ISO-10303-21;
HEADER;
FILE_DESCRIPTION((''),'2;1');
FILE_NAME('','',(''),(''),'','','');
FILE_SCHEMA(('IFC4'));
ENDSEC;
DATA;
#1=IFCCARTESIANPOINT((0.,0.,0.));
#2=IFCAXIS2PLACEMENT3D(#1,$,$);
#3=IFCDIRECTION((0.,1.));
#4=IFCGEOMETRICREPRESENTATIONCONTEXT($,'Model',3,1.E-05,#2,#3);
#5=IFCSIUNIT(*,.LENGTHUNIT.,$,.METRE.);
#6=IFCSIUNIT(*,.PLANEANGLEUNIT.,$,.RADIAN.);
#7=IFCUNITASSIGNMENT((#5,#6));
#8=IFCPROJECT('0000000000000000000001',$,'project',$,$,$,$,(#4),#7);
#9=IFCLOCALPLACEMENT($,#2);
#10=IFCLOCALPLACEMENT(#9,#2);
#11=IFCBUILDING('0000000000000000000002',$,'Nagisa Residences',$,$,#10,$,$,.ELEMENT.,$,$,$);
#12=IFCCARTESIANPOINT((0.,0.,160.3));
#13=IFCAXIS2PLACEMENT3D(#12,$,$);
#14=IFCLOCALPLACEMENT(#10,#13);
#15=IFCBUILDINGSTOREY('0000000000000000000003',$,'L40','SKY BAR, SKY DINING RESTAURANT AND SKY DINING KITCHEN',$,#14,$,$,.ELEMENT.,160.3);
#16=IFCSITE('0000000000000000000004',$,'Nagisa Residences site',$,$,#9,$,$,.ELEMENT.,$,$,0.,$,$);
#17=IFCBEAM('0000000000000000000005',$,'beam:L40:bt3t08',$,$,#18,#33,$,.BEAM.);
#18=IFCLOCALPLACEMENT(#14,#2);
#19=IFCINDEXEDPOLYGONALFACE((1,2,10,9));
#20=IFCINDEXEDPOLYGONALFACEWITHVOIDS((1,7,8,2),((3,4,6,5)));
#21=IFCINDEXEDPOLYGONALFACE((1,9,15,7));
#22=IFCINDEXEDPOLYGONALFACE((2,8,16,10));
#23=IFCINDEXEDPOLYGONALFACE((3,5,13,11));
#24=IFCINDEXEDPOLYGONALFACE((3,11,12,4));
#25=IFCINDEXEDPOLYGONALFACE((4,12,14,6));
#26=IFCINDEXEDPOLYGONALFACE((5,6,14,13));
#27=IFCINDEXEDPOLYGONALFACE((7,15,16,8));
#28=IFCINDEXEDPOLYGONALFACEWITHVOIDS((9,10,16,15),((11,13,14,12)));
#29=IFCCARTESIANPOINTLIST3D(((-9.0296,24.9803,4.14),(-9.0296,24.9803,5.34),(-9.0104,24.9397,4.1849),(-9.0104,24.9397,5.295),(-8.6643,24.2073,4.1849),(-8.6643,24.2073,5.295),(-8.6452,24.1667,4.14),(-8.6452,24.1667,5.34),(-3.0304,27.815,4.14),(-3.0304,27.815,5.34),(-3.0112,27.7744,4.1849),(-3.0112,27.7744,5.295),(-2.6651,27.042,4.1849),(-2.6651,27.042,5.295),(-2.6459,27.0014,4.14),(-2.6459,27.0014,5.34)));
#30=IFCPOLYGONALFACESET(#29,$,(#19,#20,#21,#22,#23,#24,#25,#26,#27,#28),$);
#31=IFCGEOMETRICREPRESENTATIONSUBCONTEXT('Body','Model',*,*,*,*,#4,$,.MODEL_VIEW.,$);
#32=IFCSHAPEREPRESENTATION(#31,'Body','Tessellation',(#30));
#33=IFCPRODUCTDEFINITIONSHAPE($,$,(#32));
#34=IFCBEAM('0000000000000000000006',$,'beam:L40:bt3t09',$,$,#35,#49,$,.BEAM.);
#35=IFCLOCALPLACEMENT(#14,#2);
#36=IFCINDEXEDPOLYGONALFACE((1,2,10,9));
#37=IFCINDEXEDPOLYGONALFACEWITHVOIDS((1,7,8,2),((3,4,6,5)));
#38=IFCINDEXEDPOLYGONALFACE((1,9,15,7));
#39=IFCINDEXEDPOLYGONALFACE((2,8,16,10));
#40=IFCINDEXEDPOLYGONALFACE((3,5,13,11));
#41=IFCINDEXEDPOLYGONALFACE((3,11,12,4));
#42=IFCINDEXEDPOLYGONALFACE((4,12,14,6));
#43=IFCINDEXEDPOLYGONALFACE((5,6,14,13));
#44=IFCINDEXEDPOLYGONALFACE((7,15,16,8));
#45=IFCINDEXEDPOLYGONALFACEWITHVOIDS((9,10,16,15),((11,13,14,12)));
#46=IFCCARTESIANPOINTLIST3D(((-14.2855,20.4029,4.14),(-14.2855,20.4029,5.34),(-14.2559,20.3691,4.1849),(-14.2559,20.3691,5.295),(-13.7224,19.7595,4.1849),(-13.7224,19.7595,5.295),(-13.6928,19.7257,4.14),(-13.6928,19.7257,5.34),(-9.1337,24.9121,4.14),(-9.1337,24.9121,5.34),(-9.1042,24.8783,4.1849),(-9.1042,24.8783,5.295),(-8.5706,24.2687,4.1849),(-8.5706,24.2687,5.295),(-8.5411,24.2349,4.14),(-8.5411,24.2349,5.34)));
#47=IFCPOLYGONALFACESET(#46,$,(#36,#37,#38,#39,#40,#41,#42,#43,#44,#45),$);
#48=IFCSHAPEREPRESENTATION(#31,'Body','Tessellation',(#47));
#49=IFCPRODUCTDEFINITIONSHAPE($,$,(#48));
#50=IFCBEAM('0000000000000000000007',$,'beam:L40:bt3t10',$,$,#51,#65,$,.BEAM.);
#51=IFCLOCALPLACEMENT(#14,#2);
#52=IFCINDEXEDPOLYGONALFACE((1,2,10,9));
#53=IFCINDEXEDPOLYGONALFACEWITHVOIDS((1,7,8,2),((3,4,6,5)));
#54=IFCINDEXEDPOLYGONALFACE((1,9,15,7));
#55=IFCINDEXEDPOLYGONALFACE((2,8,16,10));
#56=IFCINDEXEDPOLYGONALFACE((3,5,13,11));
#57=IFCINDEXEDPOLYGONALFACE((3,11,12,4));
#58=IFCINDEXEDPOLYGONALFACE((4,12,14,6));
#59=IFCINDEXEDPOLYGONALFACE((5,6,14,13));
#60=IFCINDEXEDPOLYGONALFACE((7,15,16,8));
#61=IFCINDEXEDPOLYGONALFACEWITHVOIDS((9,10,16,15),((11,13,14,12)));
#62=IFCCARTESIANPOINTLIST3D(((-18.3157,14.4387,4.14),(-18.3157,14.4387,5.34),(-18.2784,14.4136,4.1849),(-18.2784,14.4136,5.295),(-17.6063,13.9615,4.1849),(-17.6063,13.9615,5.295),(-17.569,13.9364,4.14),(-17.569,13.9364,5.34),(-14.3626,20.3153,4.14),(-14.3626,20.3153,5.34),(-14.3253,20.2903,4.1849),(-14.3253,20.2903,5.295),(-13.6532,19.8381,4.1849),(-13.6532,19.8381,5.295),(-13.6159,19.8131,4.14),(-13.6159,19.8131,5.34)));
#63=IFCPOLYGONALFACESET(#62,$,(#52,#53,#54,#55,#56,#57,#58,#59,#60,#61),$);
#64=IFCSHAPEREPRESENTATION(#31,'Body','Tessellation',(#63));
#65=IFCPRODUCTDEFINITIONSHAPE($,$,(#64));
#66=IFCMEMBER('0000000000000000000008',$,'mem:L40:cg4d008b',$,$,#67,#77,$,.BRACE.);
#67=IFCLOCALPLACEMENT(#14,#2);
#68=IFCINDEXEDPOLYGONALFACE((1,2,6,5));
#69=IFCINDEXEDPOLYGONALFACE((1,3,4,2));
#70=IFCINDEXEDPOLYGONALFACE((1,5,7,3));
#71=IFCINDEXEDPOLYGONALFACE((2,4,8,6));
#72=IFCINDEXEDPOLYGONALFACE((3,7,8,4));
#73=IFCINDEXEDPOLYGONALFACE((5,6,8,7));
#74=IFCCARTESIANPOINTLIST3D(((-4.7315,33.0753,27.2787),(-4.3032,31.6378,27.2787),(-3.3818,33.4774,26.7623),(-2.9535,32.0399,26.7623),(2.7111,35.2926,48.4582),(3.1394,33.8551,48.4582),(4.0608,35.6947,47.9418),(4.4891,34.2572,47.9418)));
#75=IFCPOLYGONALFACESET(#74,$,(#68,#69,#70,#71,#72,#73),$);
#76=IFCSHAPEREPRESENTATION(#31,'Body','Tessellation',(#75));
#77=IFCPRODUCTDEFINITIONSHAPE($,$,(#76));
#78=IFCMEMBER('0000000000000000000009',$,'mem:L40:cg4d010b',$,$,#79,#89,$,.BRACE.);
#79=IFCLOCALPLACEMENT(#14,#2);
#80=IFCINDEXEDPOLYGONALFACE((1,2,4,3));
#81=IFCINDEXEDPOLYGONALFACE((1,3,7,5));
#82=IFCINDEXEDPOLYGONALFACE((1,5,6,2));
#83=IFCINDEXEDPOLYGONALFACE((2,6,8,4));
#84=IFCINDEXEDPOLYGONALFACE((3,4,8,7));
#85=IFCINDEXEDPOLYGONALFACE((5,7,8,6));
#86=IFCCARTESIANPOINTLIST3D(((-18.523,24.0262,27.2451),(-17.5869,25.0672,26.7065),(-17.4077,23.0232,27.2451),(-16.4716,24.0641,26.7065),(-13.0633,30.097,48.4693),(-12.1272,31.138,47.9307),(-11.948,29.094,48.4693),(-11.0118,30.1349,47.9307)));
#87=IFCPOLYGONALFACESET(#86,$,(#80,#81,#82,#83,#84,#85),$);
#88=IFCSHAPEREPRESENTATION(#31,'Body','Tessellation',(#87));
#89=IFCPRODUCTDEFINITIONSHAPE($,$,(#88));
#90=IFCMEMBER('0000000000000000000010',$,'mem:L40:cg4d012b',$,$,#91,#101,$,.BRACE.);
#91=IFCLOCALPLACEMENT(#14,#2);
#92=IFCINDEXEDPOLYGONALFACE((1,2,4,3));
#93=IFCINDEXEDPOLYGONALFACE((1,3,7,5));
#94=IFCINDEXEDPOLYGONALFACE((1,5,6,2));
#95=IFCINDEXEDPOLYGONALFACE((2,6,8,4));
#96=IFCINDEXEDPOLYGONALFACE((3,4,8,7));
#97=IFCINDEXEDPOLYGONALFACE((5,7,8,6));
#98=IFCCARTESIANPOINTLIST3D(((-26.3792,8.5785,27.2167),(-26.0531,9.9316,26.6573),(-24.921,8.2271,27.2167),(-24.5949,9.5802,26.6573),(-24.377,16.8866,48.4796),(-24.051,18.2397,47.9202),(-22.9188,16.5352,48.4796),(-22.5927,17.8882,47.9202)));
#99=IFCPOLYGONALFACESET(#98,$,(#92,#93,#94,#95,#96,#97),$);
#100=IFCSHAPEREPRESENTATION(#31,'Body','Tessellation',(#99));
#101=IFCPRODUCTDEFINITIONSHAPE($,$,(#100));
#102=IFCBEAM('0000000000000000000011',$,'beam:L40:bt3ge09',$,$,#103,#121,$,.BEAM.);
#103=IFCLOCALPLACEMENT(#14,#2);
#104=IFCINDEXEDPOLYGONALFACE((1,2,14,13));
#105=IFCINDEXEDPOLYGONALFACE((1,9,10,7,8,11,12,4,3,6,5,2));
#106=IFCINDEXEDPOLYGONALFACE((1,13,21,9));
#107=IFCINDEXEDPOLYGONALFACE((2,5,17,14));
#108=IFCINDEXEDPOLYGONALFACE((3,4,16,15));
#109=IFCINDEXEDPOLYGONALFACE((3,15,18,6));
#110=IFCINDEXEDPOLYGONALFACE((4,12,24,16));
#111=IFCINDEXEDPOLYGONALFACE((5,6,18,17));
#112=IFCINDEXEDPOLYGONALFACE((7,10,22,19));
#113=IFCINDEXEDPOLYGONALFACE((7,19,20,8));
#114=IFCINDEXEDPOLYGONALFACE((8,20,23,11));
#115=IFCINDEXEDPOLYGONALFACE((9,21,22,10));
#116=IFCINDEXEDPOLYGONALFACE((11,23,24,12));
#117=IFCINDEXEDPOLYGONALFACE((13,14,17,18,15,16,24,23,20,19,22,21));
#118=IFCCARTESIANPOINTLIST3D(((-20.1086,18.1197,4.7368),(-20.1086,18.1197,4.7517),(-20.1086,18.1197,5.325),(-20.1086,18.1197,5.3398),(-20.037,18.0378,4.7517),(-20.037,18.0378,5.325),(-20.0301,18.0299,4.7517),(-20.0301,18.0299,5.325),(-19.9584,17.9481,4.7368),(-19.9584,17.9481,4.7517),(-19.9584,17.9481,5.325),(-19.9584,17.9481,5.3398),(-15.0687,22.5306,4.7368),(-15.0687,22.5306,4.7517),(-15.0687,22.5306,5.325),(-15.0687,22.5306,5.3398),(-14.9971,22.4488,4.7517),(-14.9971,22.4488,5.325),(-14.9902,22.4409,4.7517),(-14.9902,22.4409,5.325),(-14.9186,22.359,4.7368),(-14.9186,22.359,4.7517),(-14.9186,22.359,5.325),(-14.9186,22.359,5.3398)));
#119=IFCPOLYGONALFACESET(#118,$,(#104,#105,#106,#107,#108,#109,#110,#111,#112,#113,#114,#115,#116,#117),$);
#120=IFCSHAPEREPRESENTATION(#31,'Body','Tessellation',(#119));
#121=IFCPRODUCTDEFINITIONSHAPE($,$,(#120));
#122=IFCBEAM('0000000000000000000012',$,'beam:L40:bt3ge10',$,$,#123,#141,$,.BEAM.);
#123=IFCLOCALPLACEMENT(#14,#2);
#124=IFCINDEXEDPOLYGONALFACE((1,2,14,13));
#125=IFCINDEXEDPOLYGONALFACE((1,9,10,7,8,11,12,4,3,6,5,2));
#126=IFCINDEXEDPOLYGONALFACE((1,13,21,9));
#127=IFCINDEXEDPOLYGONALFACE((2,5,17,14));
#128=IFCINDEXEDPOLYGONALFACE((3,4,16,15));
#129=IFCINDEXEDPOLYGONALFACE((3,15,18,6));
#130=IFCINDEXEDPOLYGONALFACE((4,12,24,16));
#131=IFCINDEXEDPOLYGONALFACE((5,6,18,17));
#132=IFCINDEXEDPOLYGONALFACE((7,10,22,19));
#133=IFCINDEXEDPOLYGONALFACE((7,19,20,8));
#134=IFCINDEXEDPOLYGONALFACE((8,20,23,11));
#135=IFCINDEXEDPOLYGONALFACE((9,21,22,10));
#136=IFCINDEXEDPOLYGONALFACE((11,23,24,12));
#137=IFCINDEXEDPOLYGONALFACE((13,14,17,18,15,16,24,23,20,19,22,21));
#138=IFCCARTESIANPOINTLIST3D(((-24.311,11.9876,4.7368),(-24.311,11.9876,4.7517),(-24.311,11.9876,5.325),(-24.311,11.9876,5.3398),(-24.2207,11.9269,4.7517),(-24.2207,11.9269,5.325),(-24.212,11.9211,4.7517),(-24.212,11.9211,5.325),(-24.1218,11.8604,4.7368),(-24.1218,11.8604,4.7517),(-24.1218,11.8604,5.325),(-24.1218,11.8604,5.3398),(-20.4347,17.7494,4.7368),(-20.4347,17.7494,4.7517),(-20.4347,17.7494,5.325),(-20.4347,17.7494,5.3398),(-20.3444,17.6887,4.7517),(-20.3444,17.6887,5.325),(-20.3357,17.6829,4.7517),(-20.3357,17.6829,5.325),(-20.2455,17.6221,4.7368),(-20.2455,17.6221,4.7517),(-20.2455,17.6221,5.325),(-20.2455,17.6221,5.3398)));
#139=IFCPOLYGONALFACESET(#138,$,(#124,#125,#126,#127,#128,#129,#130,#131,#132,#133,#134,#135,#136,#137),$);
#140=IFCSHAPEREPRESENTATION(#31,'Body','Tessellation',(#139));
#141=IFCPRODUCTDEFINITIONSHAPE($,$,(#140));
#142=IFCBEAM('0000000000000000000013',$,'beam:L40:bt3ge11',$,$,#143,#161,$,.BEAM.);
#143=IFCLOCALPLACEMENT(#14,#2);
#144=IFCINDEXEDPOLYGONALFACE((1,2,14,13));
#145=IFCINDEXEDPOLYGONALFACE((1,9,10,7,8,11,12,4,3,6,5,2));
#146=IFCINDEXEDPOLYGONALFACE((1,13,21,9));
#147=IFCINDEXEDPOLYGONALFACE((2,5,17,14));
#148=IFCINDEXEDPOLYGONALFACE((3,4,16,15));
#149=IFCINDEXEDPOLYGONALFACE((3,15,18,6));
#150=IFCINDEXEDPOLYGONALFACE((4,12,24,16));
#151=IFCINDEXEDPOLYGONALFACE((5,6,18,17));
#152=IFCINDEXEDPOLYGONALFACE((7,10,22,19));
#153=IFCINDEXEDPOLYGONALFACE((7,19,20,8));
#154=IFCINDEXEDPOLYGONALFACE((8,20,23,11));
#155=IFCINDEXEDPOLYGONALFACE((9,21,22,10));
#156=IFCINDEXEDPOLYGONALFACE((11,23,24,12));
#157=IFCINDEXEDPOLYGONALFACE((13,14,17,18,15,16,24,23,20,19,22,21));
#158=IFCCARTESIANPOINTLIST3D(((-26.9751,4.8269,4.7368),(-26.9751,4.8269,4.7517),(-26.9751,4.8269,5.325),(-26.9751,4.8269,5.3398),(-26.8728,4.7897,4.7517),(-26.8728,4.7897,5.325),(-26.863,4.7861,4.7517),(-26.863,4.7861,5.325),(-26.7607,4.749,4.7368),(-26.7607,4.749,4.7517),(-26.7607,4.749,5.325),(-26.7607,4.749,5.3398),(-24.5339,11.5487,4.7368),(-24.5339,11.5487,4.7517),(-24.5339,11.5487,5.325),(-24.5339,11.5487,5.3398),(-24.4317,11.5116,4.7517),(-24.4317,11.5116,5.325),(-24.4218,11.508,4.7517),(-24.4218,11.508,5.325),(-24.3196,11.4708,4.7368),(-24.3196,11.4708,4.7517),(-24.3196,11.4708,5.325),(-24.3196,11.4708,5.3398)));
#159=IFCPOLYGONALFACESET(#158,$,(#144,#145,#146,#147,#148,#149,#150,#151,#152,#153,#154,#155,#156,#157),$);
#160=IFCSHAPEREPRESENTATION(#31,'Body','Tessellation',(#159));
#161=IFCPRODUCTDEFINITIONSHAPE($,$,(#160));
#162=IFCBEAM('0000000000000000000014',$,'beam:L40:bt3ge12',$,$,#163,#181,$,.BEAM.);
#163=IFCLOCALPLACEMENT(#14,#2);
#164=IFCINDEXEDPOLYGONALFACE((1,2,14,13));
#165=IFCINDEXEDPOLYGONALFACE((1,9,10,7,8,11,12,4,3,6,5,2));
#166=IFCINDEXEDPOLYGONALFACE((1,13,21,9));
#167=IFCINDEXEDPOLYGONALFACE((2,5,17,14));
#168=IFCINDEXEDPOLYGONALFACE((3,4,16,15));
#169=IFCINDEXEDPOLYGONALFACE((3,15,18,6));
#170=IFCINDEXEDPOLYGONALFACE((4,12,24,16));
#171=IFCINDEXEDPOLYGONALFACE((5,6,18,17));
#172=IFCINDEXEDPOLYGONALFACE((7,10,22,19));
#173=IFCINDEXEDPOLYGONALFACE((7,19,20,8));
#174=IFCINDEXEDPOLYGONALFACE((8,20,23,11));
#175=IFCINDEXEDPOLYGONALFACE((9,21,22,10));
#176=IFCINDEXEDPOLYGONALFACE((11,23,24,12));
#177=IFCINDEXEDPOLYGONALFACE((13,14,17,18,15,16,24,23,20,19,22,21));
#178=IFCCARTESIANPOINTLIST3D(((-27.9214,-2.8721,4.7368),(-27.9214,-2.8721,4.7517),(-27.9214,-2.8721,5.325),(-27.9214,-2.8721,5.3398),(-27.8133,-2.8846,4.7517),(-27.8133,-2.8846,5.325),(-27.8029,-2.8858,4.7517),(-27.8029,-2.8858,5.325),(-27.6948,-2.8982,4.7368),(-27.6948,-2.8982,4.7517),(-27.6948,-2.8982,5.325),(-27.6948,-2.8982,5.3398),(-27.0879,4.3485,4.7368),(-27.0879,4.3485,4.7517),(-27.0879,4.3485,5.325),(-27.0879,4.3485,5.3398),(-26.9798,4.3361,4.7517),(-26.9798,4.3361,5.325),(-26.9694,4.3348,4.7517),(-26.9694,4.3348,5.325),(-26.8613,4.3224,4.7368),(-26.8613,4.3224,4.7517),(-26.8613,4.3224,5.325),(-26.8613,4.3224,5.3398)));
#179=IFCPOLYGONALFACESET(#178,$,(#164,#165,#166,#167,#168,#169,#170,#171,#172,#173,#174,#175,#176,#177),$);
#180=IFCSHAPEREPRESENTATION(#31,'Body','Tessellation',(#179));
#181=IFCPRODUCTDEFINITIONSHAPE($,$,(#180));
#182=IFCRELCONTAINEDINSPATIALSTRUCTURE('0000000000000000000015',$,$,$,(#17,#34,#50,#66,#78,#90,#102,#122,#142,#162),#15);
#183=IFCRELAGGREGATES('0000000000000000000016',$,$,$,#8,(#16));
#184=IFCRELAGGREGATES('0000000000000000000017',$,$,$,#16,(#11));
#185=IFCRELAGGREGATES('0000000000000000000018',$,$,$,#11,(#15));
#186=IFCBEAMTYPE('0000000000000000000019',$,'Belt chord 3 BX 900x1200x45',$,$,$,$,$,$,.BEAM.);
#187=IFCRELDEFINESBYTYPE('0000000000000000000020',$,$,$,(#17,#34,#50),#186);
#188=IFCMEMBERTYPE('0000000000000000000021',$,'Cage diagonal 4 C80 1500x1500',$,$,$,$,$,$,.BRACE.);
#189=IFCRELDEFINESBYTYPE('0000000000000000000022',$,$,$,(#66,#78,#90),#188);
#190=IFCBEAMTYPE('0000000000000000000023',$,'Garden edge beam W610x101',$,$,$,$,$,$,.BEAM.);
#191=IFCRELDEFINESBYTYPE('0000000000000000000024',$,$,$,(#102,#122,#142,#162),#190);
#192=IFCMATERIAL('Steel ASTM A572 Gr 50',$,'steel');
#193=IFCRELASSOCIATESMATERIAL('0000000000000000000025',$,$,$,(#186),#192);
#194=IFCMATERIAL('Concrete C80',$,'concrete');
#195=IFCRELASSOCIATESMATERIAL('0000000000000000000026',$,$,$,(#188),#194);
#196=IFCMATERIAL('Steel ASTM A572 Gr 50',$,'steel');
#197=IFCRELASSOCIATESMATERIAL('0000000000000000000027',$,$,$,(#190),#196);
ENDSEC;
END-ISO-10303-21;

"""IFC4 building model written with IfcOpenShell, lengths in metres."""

from ifc_helpers import new_model, si_unit, direction, frame, origin, origin_2d, place, context, subcontext, project, spatial, rectangle, hollow_rectangle, i_section, extrude, material, material_profile, profile_set, type_object, element, save


model = new_model("IFC4")

# Units and contexts
model_context = context("Model", 3, precision=1e-05, world=origin(), true_north=direction((0.0, 1.0)))
body_context = subcontext(model_context, "Body", "Model", "MODEL_VIEW")
ifc_project = project(units=[si_unit("LENGTHUNIT", "METRE"), si_unit("PLANEANGLEUNIT", "RADIAN")], contexts=[model_context])

# Site, building, storey
site_placement = place(None, origin())
site = spatial("IfcSite", under=ifc_project, at=site_placement, Name="Nagisa Residences site", CompositionType="ELEMENT", RefElevation=0.0)
building_placement = place(site_placement, origin())
building = spatial("IfcBuilding", under=site, at=building_placement, Name="Nagisa Residences", CompositionType="ELEMENT")
storey_placement = place(building_placement, frame((0.0, 0.0, 160.3)))
storey = spatial("IfcBuildingStorey", under=building, at=storey_placement, Name="L40", Description="SKY BAR, SKY DINING RESTAURANT AND SKY DINING KITCHEN", CompositionType="ELEMENT", Elevation=160.3)

# Beams
ifc_material_1 = material(Name="Steel ASTM A572 Gr 50", Category="steel")
ifc_material_profile_1 = material_profile(ifc_material_1, hollow_rectangle(XDim=0.8999, YDim=1.2, WallThickness=0.0449, at=origin_2d()), Name="BX 900x1200x45")
ifc_profile_set_1 = profile_set([ifc_material_profile_1], Name="Steel ASTM A572 Gr 50")
beam_type_1 = type_object("IfcBeamType", Name="Belt chord 3 BX 900x1200x45", PredefinedType="BEAM", material=ifc_profile_set_1)
beam_1_placement = place(storey_placement, frame((-2.8381, 27.4082, 4.74), z_axis=(-0.904148, -0.427219, 0.0), x_axis=(0.427219, -0.904148, 0.0)))
element("IfcBeam", 1, at=beam_1_placement, inside=storey, type_object=beam_type_1, Name="beam:L40:bt3t08", PredefinedType="BEAM", context=body_context, shape_type="SweptSolid", body=[
    extrude(hollow_rectangle(XDim=0.8999, YDim=1.2, WallThickness=0.0449, at=origin_2d()), origin(), (0.0, 0.0, 1.0), 6.6353),
])
beam_2_placement = place(storey_placement, frame((-8.8374, 24.5735, 4.74), z_axis=(-0.752475, -0.658621, 0.0), x_axis=(0.658621, -0.752475, 0.0)))
element("IfcBeam", 2, at=beam_2_placement, inside=storey, type_object=beam_type_1, Name="beam:L40:bt3t09", PredefinedType="BEAM", context=body_context, shape_type="SweptSolid", body=[
    extrude(hollow_rectangle(XDim=0.8999, YDim=1.2, WallThickness=0.0449, at=origin_2d()), origin(), (0.0, 0.0, 1.0), 6.8464),
])
beam_3_placement = place(storey_placement, frame((-13.9893, 20.0642, 4.74), z_axis=(-0.558148, -0.829742, 0.0), x_axis=(0.829742, -0.558148, 0.0)))
element("IfcBeam", 3, at=beam_3_placement, inside=storey, type_object=beam_type_1, Name="beam:L40:bt3t10", PredefinedType="BEAM", context=body_context, shape_type="SweptSolid", body=[
    extrude(hollow_rectangle(XDim=0.8999, YDim=1.2, WallThickness=0.0449, at=origin_2d()), origin(), (0.0, 0.0, 1.0), 7.0825),
])

# Members
ifc_material_2 = material(Name="Concrete C80", Category="concrete")
ifc_material_profile_2 = material_profile(ifc_material_2, rectangle(XDim=1.5, YDim=1.5, at=origin_2d()), Name="C80 1500x1500")
ifc_profile_set_2 = profile_set([ifc_material_profile_2], Name="Concrete C80")
member_type = type_object("IfcMemberType", Name="Cage diagonal 4 C80 1500x1500", PredefinedType="BRACE", material=ifc_profile_set_2)
member_1_placement = place(storey_placement, frame((-3.8425, 32.5576, 27.0205), z_axis=(0.329928, 0.098291, 0.938875), x_axis=(-0.285516, 0.958374, 0.0)))
element("IfcMember", 4, at=member_1_placement, inside=storey, type_object=member_type, Name="mem:L40:cg4d008b", PredefinedType="BRACE", context=body_context, shape_type="SweptSolid", body=[
    extrude(rectangle(XDim=1.5, YDim=1.5, at=origin_2d()), origin(), (0.0, 0.0, 1.0), 22.5583),
])
member_2_placement = place(storey_placement, frame((-17.4973, 24.0452, 26.9758), z_axis=(0.240089, 0.266961, 0.933322), x_axis=(-0.743538, 0.668694, 0.0)))
element("IfcMember", 5, at=member_2_placement, inside=storey, type_object=member_type, Name="mem:L40:cg4d010b", PredefinedType="BRACE", context=body_context, shape_type="SweptSolid", body=[
    extrude(rectangle(XDim=1.5, YDim=1.5, at=origin_2d()), origin(), (0.0, 0.0, 1.0), 22.7405),
])
member_3_placement = place(storey_placement, frame((-25.4871, 9.0793, 26.937), z_axis=(0.087371, 0.362545, 0.927862), x_axis=(-0.972168, 0.234286, 0.0)))
element("IfcMember", 6, at=member_3_placement, inside=storey, type_object=member_type, Name="mem:L40:cg4d012b", PredefinedType="BRACE", context=body_context, shape_type="SweptSolid", body=[
    extrude(rectangle(XDim=1.5, YDim=1.5, at=origin_2d()), origin(), (0.0, 0.0, 1.0), 22.916),
])

# Beams
ifc_material_3 = material(Name="Steel ASTM A572 Gr 50", Category="steel")
ifc_material_profile_3 = material_profile(ifc_material_3, i_section(OverallWidth=0.228, OverallDepth=0.603, WebThickness=0.0105, FlangeThickness=0.0149, at=origin_2d()), Name="W610x101")
ifc_profile_set_3 = profile_set([ifc_material_profile_3], Name="Steel ASTM A572 Gr 50")
beam_type_2 = type_object("IfcBeamType", Name="Garden edge beam W610x101", PredefinedType="BEAM", material=ifc_profile_set_3)
beam_4_placement = place(storey_placement, frame((-14.9937, 22.4448, 5.0383), z_axis=(-0.752498, -0.658595, 0.0), x_axis=(0.658595, -0.752498, 0.0)))
element("IfcBeam", 7, at=beam_4_placement, inside=storey, type_object=beam_type_2, Name="beam:L40:bt3ge09", PredefinedType="BEAM", context=body_context, shape_type="SweptSolid", body=[
    extrude(i_section(OverallWidth=0.228, OverallDepth=0.603, WebThickness=0.0105, FlangeThickness=0.0149, at=origin_2d()), origin(), (0.0, 0.0, 1.0), 6.6975),
])
beam_5_placement = place(storey_placement, frame((-20.3401, 17.6858, 5.0383), z_axis=(-0.558192, -0.829712, 0.0), x_axis=(0.829712, -0.558192, 0.0)))
element("IfcBeam", 8, at=beam_5_placement, inside=storey, type_object=beam_type_2, Name="beam:L40:bt3ge10", PredefinedType="BEAM", context=body_context, shape_type="SweptSolid", body=[
    extrude(i_section(OverallWidth=0.228, OverallDepth=0.603, WebThickness=0.0105, FlangeThickness=0.0149, at=origin_2d()), origin(), (0.0, 0.0, 1.0), 6.9443),
])
beam_6_placement = place(storey_placement, frame((-24.4268, 11.5098, 5.0383), z_axis=(-0.341351, -0.939936, 0.0), x_axis=(0.939936, -0.341351, 0.0)))
element("IfcBeam", 9, at=beam_6_placement, inside=storey, type_object=beam_type_2, Name="beam:L40:bt3ge11", PredefinedType="BEAM", context=body_context, shape_type="SweptSolid", body=[
    extrude(i_section(OverallWidth=0.228, OverallDepth=0.603, WebThickness=0.0105, FlangeThickness=0.0149, at=origin_2d()), origin(), (0.0, 0.0, 1.0), 7.1514),
])
beam_7_placement = place(storey_placement, frame((-26.9746, 4.3354, 5.0383), z_axis=(-0.11467, -0.993404, 0.0), x_axis=(0.993404, -0.11467, 0.0)))
element("IfcBeam", 10, at=beam_7_placement, inside=storey, type_object=beam_type_2, Name="beam:L40:bt3ge12", PredefinedType="BEAM", context=body_context, shape_type="SweptSolid", body=[
    extrude(i_section(OverallWidth=0.228, OverallDepth=0.603, WebThickness=0.0105, FlangeThickness=0.0149, at=origin_2d()), origin(), (0.0, 0.0, 1.0), 7.2686),
])

save(model, "model.ifc")
